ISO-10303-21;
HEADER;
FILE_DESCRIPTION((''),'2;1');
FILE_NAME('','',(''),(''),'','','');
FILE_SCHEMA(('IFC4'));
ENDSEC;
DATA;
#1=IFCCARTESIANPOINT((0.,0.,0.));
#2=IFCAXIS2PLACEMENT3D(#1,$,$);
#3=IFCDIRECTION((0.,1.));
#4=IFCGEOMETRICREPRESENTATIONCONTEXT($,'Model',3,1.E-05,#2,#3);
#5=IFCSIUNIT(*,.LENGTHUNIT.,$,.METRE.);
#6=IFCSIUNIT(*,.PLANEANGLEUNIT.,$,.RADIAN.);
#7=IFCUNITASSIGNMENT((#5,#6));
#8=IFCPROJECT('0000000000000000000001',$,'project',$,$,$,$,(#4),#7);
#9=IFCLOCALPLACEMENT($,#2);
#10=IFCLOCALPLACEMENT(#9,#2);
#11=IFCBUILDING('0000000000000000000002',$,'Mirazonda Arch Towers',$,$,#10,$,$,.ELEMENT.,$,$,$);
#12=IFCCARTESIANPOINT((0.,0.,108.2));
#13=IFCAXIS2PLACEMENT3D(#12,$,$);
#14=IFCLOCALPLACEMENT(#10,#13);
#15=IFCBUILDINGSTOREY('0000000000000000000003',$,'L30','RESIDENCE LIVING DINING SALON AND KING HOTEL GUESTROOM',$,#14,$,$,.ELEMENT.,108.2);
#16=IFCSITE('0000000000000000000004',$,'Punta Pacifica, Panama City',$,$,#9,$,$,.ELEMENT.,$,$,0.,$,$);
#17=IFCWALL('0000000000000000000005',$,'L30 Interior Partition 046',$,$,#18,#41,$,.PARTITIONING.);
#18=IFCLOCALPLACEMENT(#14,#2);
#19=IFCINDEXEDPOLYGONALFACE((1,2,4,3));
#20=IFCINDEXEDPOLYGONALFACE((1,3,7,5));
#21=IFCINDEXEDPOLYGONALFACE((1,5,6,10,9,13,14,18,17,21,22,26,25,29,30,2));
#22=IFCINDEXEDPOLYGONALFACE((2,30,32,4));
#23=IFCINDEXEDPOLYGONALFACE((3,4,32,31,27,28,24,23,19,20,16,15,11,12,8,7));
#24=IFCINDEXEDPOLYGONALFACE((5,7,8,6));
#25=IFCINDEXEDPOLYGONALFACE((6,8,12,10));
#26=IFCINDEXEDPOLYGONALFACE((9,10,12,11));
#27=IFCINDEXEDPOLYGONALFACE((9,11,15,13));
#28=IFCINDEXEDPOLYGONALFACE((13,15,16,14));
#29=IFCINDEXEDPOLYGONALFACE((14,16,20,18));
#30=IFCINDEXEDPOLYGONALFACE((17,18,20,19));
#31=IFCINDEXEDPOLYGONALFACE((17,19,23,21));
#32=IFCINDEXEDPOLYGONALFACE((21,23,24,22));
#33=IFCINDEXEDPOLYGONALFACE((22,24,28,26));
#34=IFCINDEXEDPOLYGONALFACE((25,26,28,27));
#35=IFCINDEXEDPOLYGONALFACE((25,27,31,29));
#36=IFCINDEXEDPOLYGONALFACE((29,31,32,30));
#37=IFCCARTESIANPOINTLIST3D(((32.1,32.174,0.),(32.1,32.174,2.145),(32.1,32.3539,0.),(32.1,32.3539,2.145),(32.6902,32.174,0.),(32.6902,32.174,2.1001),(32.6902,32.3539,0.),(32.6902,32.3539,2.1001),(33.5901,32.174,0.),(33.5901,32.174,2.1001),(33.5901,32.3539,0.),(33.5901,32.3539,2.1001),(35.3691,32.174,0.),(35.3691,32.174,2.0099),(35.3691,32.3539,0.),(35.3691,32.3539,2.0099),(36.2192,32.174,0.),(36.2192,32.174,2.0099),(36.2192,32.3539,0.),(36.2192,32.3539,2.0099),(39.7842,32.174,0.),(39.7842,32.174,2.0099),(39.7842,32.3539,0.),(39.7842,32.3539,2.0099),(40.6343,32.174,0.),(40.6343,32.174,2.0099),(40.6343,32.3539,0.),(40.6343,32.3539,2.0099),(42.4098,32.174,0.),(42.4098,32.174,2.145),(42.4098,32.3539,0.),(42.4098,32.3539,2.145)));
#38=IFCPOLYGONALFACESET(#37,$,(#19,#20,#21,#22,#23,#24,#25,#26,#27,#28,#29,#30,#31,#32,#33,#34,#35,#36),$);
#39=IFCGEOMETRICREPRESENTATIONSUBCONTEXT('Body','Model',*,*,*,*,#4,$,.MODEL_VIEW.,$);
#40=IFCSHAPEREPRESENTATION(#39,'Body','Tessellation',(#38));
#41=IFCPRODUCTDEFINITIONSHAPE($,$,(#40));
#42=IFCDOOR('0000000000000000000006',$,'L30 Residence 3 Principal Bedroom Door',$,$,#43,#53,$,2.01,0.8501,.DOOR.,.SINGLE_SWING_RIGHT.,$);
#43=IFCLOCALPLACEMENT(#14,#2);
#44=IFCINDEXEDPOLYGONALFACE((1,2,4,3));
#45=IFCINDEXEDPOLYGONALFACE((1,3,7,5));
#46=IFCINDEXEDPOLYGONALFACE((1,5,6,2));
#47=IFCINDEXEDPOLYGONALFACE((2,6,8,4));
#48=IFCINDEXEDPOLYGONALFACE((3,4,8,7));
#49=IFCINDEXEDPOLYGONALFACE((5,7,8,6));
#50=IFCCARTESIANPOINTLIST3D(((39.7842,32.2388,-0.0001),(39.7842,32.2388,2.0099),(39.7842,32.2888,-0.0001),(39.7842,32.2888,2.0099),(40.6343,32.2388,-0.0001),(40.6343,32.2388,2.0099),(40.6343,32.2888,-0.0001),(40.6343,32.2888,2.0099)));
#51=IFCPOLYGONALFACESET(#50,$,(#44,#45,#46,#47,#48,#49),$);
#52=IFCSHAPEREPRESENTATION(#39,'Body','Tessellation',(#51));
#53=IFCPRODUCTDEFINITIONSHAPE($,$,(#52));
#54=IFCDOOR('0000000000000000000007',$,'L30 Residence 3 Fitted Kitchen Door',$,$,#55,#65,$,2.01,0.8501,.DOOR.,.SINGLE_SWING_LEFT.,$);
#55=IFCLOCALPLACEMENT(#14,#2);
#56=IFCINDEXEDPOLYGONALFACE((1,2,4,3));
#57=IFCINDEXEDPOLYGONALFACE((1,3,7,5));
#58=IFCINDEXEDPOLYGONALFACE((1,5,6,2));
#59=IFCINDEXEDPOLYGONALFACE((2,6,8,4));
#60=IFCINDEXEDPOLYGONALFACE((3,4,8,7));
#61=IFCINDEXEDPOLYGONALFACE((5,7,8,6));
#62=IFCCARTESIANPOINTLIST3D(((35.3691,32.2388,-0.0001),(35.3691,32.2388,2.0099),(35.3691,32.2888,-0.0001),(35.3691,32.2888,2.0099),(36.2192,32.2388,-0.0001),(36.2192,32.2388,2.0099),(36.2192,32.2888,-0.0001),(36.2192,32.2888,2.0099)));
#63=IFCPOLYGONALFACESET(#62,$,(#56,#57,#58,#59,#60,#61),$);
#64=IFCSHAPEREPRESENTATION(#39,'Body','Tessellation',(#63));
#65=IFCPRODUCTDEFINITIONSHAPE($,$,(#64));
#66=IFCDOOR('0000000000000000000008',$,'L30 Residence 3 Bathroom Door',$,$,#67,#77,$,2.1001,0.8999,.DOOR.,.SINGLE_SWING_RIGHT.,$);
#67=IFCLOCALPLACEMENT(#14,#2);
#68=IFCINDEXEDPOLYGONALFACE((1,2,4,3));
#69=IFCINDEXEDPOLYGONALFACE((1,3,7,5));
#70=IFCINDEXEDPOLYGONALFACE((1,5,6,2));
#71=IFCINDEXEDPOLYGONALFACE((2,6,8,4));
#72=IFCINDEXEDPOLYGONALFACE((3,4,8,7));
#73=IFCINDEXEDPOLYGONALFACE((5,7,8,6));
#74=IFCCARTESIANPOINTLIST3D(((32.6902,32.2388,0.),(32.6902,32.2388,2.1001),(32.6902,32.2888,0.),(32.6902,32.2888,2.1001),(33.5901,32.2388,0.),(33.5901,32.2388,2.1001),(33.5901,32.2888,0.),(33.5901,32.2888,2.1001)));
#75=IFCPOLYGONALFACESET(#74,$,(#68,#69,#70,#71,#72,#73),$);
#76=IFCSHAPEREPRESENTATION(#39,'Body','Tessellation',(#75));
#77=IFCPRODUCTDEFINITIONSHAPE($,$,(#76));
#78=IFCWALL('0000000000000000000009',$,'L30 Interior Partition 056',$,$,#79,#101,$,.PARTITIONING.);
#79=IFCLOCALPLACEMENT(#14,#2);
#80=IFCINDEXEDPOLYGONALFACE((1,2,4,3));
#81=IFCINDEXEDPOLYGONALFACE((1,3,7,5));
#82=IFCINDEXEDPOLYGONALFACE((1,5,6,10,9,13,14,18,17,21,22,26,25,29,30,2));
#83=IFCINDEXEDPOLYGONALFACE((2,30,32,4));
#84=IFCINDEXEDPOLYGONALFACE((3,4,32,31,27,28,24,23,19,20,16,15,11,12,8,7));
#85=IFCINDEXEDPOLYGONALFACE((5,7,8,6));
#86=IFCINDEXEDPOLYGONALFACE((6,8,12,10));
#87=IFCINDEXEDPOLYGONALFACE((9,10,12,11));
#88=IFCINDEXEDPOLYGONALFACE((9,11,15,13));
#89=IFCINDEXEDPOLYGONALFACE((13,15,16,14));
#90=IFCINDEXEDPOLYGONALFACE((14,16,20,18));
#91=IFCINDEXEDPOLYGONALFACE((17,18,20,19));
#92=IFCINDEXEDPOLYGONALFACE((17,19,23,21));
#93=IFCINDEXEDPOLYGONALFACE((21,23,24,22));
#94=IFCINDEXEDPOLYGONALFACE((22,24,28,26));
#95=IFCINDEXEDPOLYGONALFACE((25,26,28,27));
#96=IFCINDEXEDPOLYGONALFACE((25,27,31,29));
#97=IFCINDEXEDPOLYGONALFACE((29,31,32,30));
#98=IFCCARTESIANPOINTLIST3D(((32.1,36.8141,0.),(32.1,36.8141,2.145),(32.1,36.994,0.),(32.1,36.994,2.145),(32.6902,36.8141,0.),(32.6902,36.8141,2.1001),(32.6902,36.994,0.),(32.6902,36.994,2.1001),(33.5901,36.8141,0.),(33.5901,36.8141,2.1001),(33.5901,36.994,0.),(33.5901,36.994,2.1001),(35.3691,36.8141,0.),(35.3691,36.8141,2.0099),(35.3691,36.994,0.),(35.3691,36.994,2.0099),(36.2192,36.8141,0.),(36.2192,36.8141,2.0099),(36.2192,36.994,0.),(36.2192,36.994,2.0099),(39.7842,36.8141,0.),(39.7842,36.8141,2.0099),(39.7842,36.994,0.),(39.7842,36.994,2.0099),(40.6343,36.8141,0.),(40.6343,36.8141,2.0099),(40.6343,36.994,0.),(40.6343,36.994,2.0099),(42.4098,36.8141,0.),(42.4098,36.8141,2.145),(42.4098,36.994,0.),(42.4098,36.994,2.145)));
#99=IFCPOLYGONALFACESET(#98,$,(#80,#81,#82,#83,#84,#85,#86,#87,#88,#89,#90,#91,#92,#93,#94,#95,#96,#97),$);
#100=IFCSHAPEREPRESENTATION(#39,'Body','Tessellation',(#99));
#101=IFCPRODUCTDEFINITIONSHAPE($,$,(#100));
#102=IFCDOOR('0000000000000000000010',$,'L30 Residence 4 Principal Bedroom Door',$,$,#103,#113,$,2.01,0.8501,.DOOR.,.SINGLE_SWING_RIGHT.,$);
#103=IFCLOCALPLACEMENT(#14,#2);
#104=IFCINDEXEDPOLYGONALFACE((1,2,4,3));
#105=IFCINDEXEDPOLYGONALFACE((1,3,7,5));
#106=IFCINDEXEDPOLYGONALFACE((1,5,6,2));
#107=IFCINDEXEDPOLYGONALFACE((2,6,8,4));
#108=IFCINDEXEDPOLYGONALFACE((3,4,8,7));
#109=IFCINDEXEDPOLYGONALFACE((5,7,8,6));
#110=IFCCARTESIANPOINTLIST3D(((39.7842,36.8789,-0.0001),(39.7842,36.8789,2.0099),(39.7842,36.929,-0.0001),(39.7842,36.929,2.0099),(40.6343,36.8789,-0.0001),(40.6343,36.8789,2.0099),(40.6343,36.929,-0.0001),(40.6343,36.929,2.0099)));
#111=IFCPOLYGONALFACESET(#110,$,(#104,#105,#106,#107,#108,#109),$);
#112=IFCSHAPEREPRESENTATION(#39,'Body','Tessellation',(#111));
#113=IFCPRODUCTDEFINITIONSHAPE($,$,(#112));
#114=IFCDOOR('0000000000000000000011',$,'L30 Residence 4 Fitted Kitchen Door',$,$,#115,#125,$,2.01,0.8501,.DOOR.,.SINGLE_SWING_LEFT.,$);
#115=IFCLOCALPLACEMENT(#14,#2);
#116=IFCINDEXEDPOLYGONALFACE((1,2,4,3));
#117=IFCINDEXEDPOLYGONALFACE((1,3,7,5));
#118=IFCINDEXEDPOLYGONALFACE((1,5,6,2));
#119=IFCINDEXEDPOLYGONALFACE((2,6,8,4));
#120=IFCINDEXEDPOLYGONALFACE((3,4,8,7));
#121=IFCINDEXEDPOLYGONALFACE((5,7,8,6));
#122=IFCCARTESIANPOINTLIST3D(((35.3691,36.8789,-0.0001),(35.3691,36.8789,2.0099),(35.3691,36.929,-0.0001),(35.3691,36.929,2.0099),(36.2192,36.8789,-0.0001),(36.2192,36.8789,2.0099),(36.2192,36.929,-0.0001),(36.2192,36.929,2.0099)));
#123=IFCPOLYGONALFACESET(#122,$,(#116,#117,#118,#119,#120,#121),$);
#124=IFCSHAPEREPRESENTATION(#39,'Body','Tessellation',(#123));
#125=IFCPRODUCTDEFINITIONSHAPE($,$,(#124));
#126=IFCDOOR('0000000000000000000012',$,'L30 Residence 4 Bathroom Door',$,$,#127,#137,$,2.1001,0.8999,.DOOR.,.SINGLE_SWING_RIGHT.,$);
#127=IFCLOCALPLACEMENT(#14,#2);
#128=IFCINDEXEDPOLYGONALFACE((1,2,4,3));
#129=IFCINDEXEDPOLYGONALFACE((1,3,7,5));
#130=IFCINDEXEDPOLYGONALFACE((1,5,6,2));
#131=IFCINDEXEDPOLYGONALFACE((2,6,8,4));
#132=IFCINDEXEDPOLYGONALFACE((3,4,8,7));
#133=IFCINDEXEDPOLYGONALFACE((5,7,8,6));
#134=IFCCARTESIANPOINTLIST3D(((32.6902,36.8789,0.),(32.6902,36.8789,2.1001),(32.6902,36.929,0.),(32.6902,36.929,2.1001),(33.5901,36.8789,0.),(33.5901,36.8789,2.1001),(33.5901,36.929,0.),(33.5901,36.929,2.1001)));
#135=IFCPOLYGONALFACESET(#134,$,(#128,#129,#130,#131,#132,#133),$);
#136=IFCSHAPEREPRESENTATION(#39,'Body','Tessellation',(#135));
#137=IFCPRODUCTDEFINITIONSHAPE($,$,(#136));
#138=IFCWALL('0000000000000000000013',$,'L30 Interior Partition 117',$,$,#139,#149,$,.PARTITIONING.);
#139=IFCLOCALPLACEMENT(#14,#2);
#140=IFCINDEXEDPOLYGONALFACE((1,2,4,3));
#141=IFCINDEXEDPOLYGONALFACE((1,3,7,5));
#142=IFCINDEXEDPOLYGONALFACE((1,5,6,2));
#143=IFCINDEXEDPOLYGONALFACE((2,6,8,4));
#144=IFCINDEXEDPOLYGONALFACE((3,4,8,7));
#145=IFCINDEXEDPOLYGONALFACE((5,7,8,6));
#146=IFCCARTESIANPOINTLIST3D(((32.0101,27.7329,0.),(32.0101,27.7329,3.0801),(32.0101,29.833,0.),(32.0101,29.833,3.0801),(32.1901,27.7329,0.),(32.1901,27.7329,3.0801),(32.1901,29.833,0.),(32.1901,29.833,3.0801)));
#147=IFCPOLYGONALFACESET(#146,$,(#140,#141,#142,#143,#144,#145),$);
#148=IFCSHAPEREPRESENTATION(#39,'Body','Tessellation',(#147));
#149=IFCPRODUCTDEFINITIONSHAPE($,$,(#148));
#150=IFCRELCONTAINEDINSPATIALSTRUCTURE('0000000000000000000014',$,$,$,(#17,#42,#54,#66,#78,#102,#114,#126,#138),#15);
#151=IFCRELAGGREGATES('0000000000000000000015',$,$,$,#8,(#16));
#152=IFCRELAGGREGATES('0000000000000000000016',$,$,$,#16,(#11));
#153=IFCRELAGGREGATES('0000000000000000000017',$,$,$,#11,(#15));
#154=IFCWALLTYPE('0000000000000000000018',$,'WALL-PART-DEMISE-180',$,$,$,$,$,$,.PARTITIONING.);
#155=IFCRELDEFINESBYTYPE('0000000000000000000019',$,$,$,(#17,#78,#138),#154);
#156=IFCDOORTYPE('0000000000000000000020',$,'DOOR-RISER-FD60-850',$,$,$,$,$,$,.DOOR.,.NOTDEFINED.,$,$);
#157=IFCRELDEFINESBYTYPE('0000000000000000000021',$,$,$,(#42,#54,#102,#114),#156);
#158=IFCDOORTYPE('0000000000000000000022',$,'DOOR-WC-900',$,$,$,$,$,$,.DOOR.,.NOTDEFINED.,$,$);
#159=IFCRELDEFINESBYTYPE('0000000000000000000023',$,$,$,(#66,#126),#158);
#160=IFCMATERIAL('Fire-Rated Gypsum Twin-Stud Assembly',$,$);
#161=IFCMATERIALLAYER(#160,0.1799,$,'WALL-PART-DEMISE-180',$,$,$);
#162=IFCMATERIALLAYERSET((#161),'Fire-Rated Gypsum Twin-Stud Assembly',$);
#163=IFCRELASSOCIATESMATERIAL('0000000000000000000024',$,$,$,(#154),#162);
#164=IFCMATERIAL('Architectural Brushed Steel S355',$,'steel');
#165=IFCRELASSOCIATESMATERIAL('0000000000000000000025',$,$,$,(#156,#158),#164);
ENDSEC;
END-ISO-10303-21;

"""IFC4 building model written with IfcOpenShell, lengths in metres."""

from ifc_helpers import new_model, si_unit, direction, frame, frame_2d, origin, place, context, subcontext, project, spatial, rectangle, extrude, material, layer, layer_set, type_object, element, fill, save


model = new_model("IFC4")

# Units and contexts
model_context = context("Model", 3, precision=1e-05, world=origin(), true_north=direction((0.0, 1.0)))
body_context = subcontext(model_context, "Body", "Model", "MODEL_VIEW")
ifc_project = project(units=[si_unit("LENGTHUNIT", "METRE"), si_unit("PLANEANGLEUNIT", "RADIAN")], contexts=[model_context])

# Site, building, storey
site_placement = place(None, origin())
site = spatial("IfcSite", under=ifc_project, at=site_placement, Name="Punta Pacifica, Panama City", CompositionType="ELEMENT", RefElevation=0.0)
building_placement = place(site_placement, origin())
building = spatial("IfcBuilding", under=site, at=building_placement, Name="Mirazonda Arch Towers", CompositionType="ELEMENT")
storey_placement = place(building_placement, frame((0.0, 0.0, 108.2)))
storey = spatial("IfcBuildingStorey", under=building, at=storey_placement, Name="L30", Description="RESIDENCE LIVING DINING SALON AND KING HOTEL GUESTROOM", CompositionType="ELEMENT", Elevation=108.2)

# Shared definitions
ifc_material_1 = material(Name="Fire-Rated Gypsum Twin-Stud Assembly")
ifc_layer_1 = layer(ifc_material_1, 0.1799, Name="WALL-PART-DEMISE-180")
ifc_layer_set_1 = layer_set([ifc_layer_1], Name="Fire-Rated Gypsum Twin-Stud Assembly")
wall_type_1 = type_object("IfcWallType", Name="WALL-PART-DEMISE-180", PredefinedType="PARTITIONING", material=ifc_layer_set_1)
ifc_material_2 = material(Name="Architectural Brushed Steel S355", Category="steel")
door_type_1 = type_object("IfcDoorType", Name="DOOR-RISER-FD60-850", OperationType="NOTDEFINED", PredefinedType="DOOR", material=ifc_material_2)
door_type_2 = type_object("IfcDoorType", Name="DOOR-WC-900", OperationType="NOTDEFINED", PredefinedType="DOOR", material=ifc_material_2)

# Walls, openings, doors
wall_1_placement = place(storey_placement, frame((32.1001, 32.2639, 0.0), z_axis=(0.0, 0.0, 1.0), x_axis=(1.0, 0.0, 0.0)))
wall_1 = element("IfcWall", 1, at=wall_1_placement, inside=storey, type_object=wall_type_1, Name="L30 Interior Partition 046", PredefinedType="PARTITIONING", context=body_context, shape_type="SweptSolid", body=[
    extrude(rectangle(XDim=10.3098, YDim=0.1799, at=frame_2d((5.1548, 0.0))), origin(), (0.0, 0.0, 1.0), 2.145),
])
opening_1_placement = place(wall_1_placement, frame((7.6841, 0.0, 0.0)))
opening_1 = element("IfcOpeningElement", 2, at=opening_1_placement, cuts=wall_1, PredefinedType="OPENING", context=body_context, shape_type="SweptSolid", body=[
    extrude(rectangle(XDim=0.8501, YDim=2.01, at=frame_2d((0.425, 1.0049))), frame((0.0, 0.0999, 0.0), z_axis=(0.0, -1.0, 0.0), x_axis=(1.0, 0.0, 0.0)), (0.0, 0.0, 1.0), 0.2),
])
opening_2_placement = place(wall_1_placement, frame((3.269, 0.0, 0.0)))
opening_2 = element("IfcOpeningElement", 3, at=opening_2_placement, cuts=wall_1, PredefinedType="OPENING", context=body_context, shape_type="SweptSolid", body=[
    extrude(rectangle(XDim=0.8501, YDim=2.01, at=frame_2d((0.425, 1.0049))), frame((0.0, 0.0999, 0.0), z_axis=(0.0, -1.0, 0.0), x_axis=(1.0, 0.0, 0.0)), (0.0, 0.0, 1.0), 0.2),
])
opening_3_placement = place(wall_1_placement, frame((0.5901, 0.0, 0.0)))
opening_3 = element("IfcOpeningElement", 4, at=opening_3_placement, cuts=wall_1, PredefinedType="OPENING", context=body_context, shape_type="SweptSolid", body=[
    extrude(rectangle(XDim=0.8999, YDim=2.1001, at=frame_2d((0.45, 1.05))), frame((0.0, 0.0999, 0.0), z_axis=(0.0, -1.0, 0.0), x_axis=(1.0, 0.0, 0.0)), (0.0, 0.0, 1.0), 0.2),
])
door_1_placement = place(opening_1_placement, origin())
door_1 = element("IfcDoor", 5, at=door_1_placement, inside=storey, type_object=door_type_1, Name="L30 Residence 3 Principal Bedroom Door", OperationType="SINGLE_SWING_RIGHT", OverallHeight=2.01, OverallWidth=0.8501, PredefinedType="DOOR", context=body_context, shape_type="SweptSolid", body=[
    extrude(rectangle(XDim=0.8501, YDim=2.01, at=frame_2d((0.425, 1.0049))), frame((0.0, 0.0249, 0.0), z_axis=(0.0, -1.0, 0.0), x_axis=(1.0, 0.0, 0.0)), (0.0, 0.0, 1.0), 0.05),
])
fill(opening_1, door_1)
door_2_placement = place(opening_2_placement, origin())
door_2 = element("IfcDoor", 6, at=door_2_placement, inside=storey, type_object=door_type_1, Name="L30 Residence 3 Fitted Kitchen Door", OperationType="SINGLE_SWING_LEFT", OverallHeight=2.01, OverallWidth=0.8501, PredefinedType="DOOR", context=body_context, shape_type="SweptSolid", body=[
    extrude(rectangle(XDim=0.8501, YDim=2.01, at=frame_2d((0.425, 1.0049))), frame((0.0, 0.0249, 0.0), z_axis=(0.0, -1.0, 0.0), x_axis=(1.0, 0.0, 0.0)), (0.0, 0.0, 1.0), 0.05),
])
fill(opening_2, door_2)
door_3_placement = place(opening_3_placement, origin())
door_3 = element("IfcDoor", 7, at=door_3_placement, inside=storey, type_object=door_type_2, Name="L30 Residence 3 Bathroom Door", OperationType="SINGLE_SWING_RIGHT", OverallHeight=2.1001, OverallWidth=0.8999, PredefinedType="DOOR", context=body_context, shape_type="SweptSolid", body=[
    extrude(rectangle(XDim=0.8999, YDim=2.1001, at=frame_2d((0.45, 1.05))), frame((0.0, 0.0249, 0.0), z_axis=(0.0, -1.0, 0.0), x_axis=(1.0, 0.0, 0.0)), (0.0, 0.0, 1.0), 0.05),
])
fill(opening_3, door_3)
wall_2_placement = place(storey_placement, frame((32.1001, 36.9041, 0.0), z_axis=(0.0, 0.0, 1.0), x_axis=(1.0, 0.0, 0.0)))
wall_2 = element("IfcWall", 8, at=wall_2_placement, inside=storey, type_object=wall_type_1, Name="L30 Interior Partition 056", PredefinedType="PARTITIONING", context=body_context, shape_type="SweptSolid", body=[
    extrude(rectangle(XDim=10.3098, YDim=0.1799, at=frame_2d((5.1548, 0.0))), origin(), (0.0, 0.0, 1.0), 2.145),
])
opening_4_placement = place(wall_2_placement, frame((7.6841, 0.0, 0.0)))
opening_4 = element("IfcOpeningElement", 9, at=opening_4_placement, cuts=wall_2, PredefinedType="OPENING", context=body_context, shape_type="SweptSolid", body=[
    extrude(rectangle(XDim=0.8501, YDim=2.01, at=frame_2d((0.425, 1.0049))), frame((0.0, 0.0999, 0.0), z_axis=(0.0, -1.0, 0.0), x_axis=(1.0, 0.0, 0.0)), (0.0, 0.0, 1.0), 0.2),
])
opening_5_placement = place(wall_2_placement, frame((3.269, 0.0, 0.0)))
opening_5 = element("IfcOpeningElement", 10, at=opening_5_placement, cuts=wall_2, PredefinedType="OPENING", context=body_context, shape_type="SweptSolid", body=[
    extrude(rectangle(XDim=0.8501, YDim=2.01, at=frame_2d((0.425, 1.0049))), frame((0.0, 0.0999, 0.0), z_axis=(0.0, -1.0, 0.0), x_axis=(1.0, 0.0, 0.0)), (0.0, 0.0, 1.0), 0.2),
])
opening_6_placement = place(wall_2_placement, frame((0.5901, 0.0, 0.0)))
opening_6 = element("IfcOpeningElement", 11, at=opening_6_placement, cuts=wall_2, PredefinedType="OPENING", context=body_context, shape_type="SweptSolid", body=[
    extrude(rectangle(XDim=0.8999, YDim=2.1001, at=frame_2d((0.45, 1.05))), frame((0.0, 0.0999, 0.0), z_axis=(0.0, -1.0, 0.0), x_axis=(1.0, 0.0, 0.0)), (0.0, 0.0, 1.0), 0.2),
])
door_4_placement = place(opening_4_placement, origin())
door_4 = element("IfcDoor", 12, at=door_4_placement, inside=storey, type_object=door_type_1, Name="L30 Residence 4 Principal Bedroom Door", OperationType="SINGLE_SWING_RIGHT", OverallHeight=2.01, OverallWidth=0.8501, PredefinedType="DOOR", context=body_context, shape_type="SweptSolid", body=[
    extrude(rectangle(XDim=0.8501, YDim=2.01, at=frame_2d((0.425, 1.0049))), frame((0.0, 0.0249, 0.0), z_axis=(0.0, -1.0, 0.0), x_axis=(1.0, 0.0, 0.0)), (0.0, 0.0, 1.0), 0.05),
])
fill(opening_4, door_4)
door_5_placement = place(opening_5_placement, origin())
door_5 = element("IfcDoor", 13, at=door_5_placement, inside=storey, type_object=door_type_1, Name="L30 Residence 4 Fitted Kitchen Door", OperationType="SINGLE_SWING_LEFT", OverallHeight=2.01, OverallWidth=0.8501, PredefinedType="DOOR", context=body_context, shape_type="SweptSolid", body=[
    extrude(rectangle(XDim=0.8501, YDim=2.01, at=frame_2d((0.425, 1.0049))), frame((0.0, 0.0249, 0.0), z_axis=(0.0, -1.0, 0.0), x_axis=(1.0, 0.0, 0.0)), (0.0, 0.0, 1.0), 0.05),
])
fill(opening_5, door_5)
door_6_placement = place(opening_6_placement, origin())
door_6 = element("IfcDoor", 14, at=door_6_placement, inside=storey, type_object=door_type_2, Name="L30 Residence 4 Bathroom Door", OperationType="SINGLE_SWING_RIGHT", OverallHeight=2.1001, OverallWidth=0.8999, PredefinedType="DOOR", context=body_context, shape_type="SweptSolid", body=[
    extrude(rectangle(XDim=0.8999, YDim=2.1001, at=frame_2d((0.45, 1.05))), frame((0.0, 0.0249, 0.0), z_axis=(0.0, -1.0, 0.0), x_axis=(1.0, 0.0, 0.0)), (0.0, 0.0, 1.0), 0.05),
])
fill(opening_6, door_6)

# Wall
wall_3_placement = place(storey_placement, frame((32.1001, 27.7329, 0.0), z_axis=(0.0, 0.0, 1.0), x_axis=(0.0, 1.0, 0.0)))
element("IfcWall", 15, at=wall_3_placement, inside=storey, type_object=wall_type_1, Name="L30 Interior Partition 117", PredefinedType="PARTITIONING", context=body_context, shape_type="SweptSolid", body=[
    extrude(rectangle(XDim=2.1001, YDim=0.1799, at=frame_2d((1.05, 0.0))), origin(), (0.0, 0.0, 1.0), 3.0801),
])

save(model, "model.ifc")
